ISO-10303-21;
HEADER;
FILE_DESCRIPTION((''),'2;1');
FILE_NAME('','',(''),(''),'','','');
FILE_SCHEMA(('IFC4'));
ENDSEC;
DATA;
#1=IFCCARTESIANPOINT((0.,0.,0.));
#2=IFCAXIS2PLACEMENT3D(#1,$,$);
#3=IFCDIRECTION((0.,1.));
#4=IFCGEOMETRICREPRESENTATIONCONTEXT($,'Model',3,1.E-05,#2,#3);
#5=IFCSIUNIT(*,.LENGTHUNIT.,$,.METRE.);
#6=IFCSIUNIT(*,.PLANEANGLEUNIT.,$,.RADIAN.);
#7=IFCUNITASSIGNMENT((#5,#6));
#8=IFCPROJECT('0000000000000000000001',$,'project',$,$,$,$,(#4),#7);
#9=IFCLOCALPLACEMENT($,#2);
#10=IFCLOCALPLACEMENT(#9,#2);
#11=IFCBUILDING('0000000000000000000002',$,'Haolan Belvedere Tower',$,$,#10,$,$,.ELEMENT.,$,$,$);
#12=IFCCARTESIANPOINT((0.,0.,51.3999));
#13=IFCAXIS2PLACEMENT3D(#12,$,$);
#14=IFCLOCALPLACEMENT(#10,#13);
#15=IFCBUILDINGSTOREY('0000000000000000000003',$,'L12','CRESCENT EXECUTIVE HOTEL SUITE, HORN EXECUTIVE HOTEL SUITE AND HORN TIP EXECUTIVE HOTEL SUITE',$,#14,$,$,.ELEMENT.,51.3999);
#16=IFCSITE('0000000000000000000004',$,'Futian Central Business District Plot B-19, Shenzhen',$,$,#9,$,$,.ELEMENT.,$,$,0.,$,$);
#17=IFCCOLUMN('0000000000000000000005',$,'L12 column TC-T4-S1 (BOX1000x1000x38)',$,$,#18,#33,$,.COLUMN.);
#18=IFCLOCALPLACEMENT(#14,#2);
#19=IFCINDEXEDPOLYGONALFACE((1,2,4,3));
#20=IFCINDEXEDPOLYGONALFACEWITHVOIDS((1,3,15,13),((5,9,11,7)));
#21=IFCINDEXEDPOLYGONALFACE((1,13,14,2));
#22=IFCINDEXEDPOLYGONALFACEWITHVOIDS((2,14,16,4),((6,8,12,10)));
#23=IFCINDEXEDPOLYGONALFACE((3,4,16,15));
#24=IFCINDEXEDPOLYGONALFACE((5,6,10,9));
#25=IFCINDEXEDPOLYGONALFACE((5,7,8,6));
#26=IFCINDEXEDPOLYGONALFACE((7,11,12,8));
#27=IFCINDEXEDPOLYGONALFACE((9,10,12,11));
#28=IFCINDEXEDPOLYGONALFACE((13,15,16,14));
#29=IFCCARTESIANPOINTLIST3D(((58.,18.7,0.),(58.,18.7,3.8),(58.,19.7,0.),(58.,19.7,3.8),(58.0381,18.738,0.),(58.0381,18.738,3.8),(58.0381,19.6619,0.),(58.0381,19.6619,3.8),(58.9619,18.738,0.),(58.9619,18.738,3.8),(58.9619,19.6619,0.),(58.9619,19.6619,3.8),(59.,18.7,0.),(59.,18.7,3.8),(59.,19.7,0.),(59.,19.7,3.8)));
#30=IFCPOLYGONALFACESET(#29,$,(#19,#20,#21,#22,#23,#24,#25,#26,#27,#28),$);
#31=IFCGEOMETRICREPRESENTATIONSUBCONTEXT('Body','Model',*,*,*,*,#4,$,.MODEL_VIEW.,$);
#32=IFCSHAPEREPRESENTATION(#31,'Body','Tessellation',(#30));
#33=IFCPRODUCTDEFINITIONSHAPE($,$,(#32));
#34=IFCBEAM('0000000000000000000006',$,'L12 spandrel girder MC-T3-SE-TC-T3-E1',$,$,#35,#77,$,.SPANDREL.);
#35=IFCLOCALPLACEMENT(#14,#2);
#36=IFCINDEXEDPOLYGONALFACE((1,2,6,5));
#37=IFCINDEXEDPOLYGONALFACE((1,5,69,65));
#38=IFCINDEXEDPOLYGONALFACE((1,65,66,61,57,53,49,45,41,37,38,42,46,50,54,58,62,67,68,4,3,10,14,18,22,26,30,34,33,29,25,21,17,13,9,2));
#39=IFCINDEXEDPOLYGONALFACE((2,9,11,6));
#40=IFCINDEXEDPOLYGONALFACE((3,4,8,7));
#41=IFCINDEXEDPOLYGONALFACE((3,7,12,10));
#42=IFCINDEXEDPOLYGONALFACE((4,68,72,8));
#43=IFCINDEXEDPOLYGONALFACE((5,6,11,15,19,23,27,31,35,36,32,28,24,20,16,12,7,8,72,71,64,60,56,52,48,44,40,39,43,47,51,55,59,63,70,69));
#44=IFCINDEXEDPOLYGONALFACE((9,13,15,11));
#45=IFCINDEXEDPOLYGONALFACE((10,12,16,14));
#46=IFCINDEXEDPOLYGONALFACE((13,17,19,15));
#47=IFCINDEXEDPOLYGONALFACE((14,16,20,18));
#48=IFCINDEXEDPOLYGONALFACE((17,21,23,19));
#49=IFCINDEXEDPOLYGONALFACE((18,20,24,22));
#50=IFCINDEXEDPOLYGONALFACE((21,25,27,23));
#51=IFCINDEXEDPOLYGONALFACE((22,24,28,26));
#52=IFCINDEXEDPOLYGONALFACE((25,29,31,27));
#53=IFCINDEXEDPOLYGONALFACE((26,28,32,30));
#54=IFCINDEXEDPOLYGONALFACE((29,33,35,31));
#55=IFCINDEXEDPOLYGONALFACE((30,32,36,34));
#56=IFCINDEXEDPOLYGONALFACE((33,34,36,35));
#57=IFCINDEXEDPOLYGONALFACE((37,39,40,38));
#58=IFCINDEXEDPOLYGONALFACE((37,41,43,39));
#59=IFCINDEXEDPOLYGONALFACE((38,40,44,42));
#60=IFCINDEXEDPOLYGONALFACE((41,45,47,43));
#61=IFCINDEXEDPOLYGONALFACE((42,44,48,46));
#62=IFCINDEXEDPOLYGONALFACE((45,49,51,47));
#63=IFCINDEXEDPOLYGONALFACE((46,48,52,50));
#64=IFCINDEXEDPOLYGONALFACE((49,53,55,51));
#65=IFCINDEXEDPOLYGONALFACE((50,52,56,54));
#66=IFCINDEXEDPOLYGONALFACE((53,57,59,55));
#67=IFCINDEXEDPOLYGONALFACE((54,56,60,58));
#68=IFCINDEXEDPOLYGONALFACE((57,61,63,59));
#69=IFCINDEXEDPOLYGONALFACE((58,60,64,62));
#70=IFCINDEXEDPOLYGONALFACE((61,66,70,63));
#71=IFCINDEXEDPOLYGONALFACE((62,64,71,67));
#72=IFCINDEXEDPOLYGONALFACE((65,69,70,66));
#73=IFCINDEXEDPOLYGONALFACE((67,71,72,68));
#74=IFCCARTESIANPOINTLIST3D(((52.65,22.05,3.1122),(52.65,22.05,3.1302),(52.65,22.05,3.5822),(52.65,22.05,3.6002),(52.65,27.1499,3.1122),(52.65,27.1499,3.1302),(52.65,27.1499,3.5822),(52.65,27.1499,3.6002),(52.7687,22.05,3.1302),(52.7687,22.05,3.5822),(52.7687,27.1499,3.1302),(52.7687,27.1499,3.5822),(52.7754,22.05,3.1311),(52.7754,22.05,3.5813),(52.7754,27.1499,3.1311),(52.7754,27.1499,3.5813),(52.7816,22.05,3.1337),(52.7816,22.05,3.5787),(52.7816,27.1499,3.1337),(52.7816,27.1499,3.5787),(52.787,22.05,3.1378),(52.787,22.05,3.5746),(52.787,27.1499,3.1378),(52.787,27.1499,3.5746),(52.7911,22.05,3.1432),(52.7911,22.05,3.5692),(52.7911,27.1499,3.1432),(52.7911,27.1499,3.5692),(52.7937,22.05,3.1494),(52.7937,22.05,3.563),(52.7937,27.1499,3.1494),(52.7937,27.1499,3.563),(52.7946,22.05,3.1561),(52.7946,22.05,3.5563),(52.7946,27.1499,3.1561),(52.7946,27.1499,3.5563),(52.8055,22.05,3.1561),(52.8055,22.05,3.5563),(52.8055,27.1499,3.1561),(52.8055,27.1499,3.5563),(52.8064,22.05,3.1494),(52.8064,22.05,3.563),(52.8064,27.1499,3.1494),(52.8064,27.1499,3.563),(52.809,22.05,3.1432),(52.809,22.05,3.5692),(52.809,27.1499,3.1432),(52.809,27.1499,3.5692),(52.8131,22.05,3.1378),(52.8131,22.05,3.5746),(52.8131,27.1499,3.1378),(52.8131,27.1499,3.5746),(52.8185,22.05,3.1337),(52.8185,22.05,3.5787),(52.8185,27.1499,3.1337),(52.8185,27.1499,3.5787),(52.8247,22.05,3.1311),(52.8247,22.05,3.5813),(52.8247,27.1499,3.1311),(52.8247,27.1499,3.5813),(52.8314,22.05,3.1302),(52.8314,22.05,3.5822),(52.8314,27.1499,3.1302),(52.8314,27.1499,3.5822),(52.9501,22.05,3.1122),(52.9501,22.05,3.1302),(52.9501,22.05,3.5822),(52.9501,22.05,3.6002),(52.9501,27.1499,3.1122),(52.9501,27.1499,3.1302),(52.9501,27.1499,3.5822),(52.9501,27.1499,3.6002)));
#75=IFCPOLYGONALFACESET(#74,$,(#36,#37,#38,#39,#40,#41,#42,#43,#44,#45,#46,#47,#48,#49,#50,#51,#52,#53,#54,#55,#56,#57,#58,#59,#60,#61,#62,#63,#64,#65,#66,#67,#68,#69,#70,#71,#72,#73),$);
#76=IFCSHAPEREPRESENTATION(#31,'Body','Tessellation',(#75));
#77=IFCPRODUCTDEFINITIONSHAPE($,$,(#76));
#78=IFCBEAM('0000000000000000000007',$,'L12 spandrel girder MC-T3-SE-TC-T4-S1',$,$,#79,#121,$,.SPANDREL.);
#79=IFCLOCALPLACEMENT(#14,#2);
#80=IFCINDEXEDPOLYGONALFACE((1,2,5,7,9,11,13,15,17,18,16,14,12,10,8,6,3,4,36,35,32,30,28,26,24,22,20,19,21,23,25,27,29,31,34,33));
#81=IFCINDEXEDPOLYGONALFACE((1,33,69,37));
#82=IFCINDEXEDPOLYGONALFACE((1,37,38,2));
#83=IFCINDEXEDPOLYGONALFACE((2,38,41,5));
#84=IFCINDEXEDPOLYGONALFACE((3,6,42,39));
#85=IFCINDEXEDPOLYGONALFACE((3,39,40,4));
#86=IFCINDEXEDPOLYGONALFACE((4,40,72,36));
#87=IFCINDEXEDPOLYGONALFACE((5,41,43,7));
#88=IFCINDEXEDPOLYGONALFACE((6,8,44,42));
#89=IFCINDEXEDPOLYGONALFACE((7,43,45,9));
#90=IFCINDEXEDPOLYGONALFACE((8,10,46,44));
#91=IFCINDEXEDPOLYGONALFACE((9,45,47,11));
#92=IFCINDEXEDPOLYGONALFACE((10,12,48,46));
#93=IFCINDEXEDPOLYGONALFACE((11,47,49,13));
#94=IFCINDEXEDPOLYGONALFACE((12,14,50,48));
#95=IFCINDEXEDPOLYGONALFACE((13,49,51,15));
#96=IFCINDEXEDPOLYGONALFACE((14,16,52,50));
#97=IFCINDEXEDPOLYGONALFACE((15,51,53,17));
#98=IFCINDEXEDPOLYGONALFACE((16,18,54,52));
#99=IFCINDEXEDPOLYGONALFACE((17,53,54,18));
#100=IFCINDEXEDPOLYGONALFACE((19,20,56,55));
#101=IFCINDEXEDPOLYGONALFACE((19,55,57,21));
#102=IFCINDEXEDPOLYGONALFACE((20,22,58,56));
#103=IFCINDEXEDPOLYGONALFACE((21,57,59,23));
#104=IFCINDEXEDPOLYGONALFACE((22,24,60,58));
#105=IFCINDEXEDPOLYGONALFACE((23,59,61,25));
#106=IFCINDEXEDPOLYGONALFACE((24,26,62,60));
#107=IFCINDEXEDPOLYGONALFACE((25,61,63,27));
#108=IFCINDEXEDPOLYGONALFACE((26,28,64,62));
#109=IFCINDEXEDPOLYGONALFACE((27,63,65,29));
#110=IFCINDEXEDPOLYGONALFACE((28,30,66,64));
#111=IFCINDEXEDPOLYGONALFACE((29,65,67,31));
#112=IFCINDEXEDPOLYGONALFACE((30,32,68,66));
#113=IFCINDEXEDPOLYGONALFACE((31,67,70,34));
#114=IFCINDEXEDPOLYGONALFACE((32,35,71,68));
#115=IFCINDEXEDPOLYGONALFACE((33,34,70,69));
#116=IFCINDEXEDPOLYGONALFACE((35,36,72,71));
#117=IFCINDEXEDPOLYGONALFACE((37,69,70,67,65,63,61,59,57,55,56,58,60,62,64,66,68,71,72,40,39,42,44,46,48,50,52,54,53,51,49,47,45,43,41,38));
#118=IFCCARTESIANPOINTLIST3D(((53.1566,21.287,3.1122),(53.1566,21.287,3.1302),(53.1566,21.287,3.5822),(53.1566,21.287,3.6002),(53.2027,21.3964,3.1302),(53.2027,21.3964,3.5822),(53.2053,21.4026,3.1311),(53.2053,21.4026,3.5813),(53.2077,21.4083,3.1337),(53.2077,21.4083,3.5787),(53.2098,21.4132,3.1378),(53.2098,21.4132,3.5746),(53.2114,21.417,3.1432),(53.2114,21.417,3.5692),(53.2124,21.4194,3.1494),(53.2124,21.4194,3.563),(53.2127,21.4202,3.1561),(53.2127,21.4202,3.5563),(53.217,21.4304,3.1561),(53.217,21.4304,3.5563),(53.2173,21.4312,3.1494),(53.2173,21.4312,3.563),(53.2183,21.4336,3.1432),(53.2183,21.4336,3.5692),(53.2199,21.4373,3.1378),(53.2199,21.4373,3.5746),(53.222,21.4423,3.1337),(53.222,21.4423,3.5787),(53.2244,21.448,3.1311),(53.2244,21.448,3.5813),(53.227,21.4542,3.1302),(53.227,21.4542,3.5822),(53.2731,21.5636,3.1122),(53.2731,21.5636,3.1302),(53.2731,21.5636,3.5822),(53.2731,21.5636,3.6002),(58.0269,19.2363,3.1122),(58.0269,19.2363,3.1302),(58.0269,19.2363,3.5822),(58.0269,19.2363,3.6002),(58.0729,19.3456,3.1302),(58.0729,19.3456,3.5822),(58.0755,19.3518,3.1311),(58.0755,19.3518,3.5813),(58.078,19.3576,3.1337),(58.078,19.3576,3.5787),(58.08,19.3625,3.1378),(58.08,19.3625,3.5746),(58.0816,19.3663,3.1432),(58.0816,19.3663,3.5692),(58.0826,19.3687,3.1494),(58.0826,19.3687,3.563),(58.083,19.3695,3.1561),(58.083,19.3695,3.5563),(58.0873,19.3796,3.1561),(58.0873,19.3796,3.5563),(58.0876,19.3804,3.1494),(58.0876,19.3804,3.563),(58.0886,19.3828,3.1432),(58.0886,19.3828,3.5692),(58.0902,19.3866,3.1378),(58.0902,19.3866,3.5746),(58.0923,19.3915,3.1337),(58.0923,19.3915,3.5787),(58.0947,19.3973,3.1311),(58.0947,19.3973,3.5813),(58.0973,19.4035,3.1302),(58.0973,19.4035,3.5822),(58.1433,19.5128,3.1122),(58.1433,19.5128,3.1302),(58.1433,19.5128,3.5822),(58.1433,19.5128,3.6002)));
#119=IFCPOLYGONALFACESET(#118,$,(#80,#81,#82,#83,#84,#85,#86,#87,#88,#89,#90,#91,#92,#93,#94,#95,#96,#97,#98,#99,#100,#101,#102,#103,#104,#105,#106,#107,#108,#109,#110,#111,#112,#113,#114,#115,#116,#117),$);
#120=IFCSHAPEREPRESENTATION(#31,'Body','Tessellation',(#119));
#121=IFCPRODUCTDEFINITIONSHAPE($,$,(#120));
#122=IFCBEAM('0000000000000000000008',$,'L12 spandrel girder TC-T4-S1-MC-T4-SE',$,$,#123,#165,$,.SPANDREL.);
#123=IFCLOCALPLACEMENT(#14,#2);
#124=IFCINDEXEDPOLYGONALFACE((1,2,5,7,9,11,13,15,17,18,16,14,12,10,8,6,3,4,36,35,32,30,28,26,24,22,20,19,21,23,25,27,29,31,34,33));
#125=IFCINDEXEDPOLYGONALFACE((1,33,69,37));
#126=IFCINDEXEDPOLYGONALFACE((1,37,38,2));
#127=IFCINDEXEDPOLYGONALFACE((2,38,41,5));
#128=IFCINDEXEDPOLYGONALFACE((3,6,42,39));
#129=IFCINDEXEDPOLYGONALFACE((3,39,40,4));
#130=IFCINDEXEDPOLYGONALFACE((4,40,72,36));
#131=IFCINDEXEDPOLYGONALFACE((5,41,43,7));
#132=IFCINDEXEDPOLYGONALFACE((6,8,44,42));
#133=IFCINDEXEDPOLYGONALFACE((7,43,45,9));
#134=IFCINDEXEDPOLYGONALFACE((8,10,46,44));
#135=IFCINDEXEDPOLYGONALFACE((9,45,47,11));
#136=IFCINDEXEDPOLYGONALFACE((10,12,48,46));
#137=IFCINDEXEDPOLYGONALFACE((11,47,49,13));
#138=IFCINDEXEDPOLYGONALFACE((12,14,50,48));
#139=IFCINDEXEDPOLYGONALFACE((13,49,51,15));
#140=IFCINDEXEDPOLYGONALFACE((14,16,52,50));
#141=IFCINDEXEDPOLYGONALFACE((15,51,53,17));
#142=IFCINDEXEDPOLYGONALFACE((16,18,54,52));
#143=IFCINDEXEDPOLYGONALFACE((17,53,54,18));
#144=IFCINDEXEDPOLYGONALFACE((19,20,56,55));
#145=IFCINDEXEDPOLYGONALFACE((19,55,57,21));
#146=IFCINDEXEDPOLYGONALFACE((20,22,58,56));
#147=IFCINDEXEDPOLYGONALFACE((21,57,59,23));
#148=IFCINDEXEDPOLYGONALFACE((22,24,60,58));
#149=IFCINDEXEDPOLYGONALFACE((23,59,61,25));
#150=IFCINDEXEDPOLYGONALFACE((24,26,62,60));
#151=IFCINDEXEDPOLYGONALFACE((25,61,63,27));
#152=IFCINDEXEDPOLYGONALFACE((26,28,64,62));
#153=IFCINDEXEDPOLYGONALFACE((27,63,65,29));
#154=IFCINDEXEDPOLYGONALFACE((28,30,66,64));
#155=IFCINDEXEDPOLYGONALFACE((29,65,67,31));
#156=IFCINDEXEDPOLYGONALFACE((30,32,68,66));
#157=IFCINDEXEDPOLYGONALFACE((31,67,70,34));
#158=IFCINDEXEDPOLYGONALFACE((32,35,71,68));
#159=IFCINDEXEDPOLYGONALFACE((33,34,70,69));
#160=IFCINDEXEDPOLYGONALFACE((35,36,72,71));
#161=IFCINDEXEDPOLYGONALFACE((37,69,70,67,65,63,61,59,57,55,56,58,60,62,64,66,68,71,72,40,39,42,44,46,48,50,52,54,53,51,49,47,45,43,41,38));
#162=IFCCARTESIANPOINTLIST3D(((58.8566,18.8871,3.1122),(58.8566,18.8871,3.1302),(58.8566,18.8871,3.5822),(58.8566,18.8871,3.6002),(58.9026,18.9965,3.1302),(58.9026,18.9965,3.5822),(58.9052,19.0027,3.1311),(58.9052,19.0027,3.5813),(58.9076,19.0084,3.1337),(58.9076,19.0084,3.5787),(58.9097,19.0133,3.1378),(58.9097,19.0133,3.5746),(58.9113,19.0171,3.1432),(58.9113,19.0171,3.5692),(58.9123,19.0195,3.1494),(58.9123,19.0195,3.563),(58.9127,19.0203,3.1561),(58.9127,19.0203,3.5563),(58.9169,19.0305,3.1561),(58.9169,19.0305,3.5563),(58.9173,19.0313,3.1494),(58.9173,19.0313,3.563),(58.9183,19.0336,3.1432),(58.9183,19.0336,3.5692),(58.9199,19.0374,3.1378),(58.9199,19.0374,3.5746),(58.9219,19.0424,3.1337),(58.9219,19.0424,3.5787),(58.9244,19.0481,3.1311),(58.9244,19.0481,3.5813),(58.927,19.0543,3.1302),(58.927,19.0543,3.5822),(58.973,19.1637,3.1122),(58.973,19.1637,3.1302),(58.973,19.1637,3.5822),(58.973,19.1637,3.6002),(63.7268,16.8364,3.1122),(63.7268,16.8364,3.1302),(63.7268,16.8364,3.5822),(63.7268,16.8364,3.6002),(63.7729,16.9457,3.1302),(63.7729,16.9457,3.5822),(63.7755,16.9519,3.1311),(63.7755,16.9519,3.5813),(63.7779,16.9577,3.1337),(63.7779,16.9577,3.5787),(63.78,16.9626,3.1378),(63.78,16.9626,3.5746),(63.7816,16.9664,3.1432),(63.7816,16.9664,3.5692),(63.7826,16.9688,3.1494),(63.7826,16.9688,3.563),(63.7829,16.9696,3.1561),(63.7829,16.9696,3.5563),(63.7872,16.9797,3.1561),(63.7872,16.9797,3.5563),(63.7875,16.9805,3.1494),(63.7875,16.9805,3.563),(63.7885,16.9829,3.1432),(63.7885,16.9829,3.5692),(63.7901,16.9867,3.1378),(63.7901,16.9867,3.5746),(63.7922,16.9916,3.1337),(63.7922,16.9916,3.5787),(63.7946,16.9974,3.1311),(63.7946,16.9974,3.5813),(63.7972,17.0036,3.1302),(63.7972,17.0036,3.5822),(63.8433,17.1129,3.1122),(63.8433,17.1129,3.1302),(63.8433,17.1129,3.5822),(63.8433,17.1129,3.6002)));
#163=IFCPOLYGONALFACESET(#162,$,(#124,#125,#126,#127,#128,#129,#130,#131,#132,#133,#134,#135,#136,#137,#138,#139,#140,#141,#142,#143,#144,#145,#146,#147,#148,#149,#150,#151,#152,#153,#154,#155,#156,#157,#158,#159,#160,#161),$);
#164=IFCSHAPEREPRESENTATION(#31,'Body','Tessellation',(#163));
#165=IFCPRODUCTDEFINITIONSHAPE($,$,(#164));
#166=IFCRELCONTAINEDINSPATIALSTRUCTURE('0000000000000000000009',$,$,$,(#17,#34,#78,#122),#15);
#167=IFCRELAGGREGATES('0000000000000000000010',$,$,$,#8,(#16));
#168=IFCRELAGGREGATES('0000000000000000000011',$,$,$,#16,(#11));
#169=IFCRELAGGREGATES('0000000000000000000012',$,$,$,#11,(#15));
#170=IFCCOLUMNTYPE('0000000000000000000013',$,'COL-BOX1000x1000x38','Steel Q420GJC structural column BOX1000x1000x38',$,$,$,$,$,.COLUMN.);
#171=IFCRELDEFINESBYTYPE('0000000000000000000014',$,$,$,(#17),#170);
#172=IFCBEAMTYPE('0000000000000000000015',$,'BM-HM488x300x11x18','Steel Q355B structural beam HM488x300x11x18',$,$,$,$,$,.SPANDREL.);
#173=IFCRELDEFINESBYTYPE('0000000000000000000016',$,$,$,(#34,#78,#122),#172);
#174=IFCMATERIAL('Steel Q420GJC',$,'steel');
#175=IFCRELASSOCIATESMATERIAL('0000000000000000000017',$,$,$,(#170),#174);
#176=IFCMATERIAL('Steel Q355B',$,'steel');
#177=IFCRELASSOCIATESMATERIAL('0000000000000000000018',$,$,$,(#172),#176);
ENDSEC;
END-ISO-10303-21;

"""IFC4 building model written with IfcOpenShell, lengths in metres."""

from ifc_helpers import new_model, si_unit, direction, frame, origin, origin_2d, place, context, subcontext, project, spatial, hollow_rectangle, i_section, extrude, material, material_profile, profile_set, type_object, element, save


model = new_model("IFC4")

# Units and contexts
model_context = context("Model", 3, precision=1e-05, world=origin(), true_north=direction((0.0, 1.0)))
body_context = subcontext(model_context, "Body", "Model", "MODEL_VIEW")
ifc_project = project(units=[si_unit("LENGTHUNIT", "METRE"), si_unit("PLANEANGLEUNIT", "RADIAN")], contexts=[model_context])

# Site, building, storey
site_placement = place(None, origin())
site = spatial("IfcSite", under=ifc_project, at=site_placement, Name="Futian Central Business District Plot B-19, Shenzhen", CompositionType="ELEMENT", RefElevation=0.0)
building_placement = place(site_placement, origin())
building = spatial("IfcBuilding", under=site, at=building_placement, Name="Haolan Belvedere Tower", CompositionType="ELEMENT")
storey_placement = place(building_placement, frame((0.0, 0.0, 51.3999)))
storey = spatial("IfcBuildingStorey", under=building, at=storey_placement, Name="L12", Description="CRESCENT EXECUTIVE HOTEL SUITE, HORN EXECUTIVE HOTEL SUITE AND HORN TIP EXECUTIVE HOTEL SUITE", CompositionType="ELEMENT", Elevation=51.3999)

# Column
ifc_material_1 = material(Name="Steel Q420GJC", Category="steel")
ifc_material_profile_1 = material_profile(ifc_material_1, hollow_rectangle(XDim=1.0, YDim=1.0, WallThickness=0.0381, at=origin_2d()), Name="Steel Q420GJC")
ifc_profile_set_1 = profile_set([ifc_material_profile_1], Name="Steel Q420GJC")
column_type = type_object("IfcColumnType", Name="COL-BOX1000x1000x38", Description="Steel Q420GJC structural column BOX1000x1000x38", PredefinedType="COLUMN", material=ifc_profile_set_1)
column_placement = place(storey_placement, frame((58.5, 19.2, 0.0), z_axis=(0.0, 0.0, 1.0), x_axis=(1.0, 0.0, 0.0)))
element("IfcColumn", 1, at=column_placement, inside=storey, type_object=column_type, Name="L12 column TC-T4-S1 (BOX1000x1000x38)", PredefinedType="COLUMN", context=body_context, shape_type="SweptSolid", body=[
    extrude(hollow_rectangle(XDim=1.0, YDim=1.0, WallThickness=0.0381, at=origin_2d()), origin(), (0.0, 0.0, 1.0), 3.8),
])

# Beams
ifc_material_2 = material(Name="Steel Q355B", Category="steel")
ifc_material_profile_2 = material_profile(ifc_material_2, i_section(OverallWidth=0.3, OverallDepth=0.488, WebThickness=0.011, FlangeThickness=0.0181, FilletRadius=0.0259, at=origin_2d()), Name="Steel Q355B")
ifc_profile_set_2 = profile_set([ifc_material_profile_2], Name="Steel Q355B")
beam_type = type_object("IfcBeamType", Name="BM-HM488x300x11x18", Description="Steel Q355B structural beam HM488x300x11x18", PredefinedType="SPANDREL", material=ifc_profile_set_2)
beam_placement = place(storey_placement, frame((52.8, 22.05, 3.3562), z_axis=(0.0, 1.0, 0.0), x_axis=(-1.0, 0.0, 0.0)))
element("IfcBeam", 2, at=beam_placement, inside=storey, type_object=beam_type, Name="L12 spandrel girder MC-T3-SE-TC-T3-E1", PredefinedType="SPANDREL", context=body_context, shape_type="SweptSolid", body=[
    extrude(i_section(OverallWidth=0.3, OverallDepth=0.488, WebThickness=0.011, FlangeThickness=0.0181, FilletRadius=0.0259, at=origin_2d()), origin(), (0.0, 0.0, 1.0), 5.0999),
])
for number, where, z_axis, x_axis, name in (
    (3, (53.2148, 21.4253, 3.3562), (0.921628, -0.388074, 0.0), (0.388074, 0.921628, 0.0), "L12 spandrel girder MC-T3-SE-TC-T4-S1"),
    (4, (58.9148, 19.0254, 3.3562), (0.921628, -0.388074, 0.0), (0.388074, 0.921628, 0.0), "L12 spandrel girder TC-T4-S1-MC-T4-SE"),
):
    element("IfcBeam", number, at=place(storey_placement, frame(where, z_axis=z_axis, x_axis=x_axis)), inside=storey, type_object=beam_type, Name=name, PredefinedType="SPANDREL", context=body_context, shape_type="SweptSolid", body=[
        extrude(i_section(OverallWidth=0.3, OverallDepth=0.488, WebThickness=0.011, FlangeThickness=0.0181, FilletRadius=0.0259, at=origin_2d()), origin(), (0.0, 0.0, 1.0), 5.2844),
    ])

save(model, "model.ifc")
